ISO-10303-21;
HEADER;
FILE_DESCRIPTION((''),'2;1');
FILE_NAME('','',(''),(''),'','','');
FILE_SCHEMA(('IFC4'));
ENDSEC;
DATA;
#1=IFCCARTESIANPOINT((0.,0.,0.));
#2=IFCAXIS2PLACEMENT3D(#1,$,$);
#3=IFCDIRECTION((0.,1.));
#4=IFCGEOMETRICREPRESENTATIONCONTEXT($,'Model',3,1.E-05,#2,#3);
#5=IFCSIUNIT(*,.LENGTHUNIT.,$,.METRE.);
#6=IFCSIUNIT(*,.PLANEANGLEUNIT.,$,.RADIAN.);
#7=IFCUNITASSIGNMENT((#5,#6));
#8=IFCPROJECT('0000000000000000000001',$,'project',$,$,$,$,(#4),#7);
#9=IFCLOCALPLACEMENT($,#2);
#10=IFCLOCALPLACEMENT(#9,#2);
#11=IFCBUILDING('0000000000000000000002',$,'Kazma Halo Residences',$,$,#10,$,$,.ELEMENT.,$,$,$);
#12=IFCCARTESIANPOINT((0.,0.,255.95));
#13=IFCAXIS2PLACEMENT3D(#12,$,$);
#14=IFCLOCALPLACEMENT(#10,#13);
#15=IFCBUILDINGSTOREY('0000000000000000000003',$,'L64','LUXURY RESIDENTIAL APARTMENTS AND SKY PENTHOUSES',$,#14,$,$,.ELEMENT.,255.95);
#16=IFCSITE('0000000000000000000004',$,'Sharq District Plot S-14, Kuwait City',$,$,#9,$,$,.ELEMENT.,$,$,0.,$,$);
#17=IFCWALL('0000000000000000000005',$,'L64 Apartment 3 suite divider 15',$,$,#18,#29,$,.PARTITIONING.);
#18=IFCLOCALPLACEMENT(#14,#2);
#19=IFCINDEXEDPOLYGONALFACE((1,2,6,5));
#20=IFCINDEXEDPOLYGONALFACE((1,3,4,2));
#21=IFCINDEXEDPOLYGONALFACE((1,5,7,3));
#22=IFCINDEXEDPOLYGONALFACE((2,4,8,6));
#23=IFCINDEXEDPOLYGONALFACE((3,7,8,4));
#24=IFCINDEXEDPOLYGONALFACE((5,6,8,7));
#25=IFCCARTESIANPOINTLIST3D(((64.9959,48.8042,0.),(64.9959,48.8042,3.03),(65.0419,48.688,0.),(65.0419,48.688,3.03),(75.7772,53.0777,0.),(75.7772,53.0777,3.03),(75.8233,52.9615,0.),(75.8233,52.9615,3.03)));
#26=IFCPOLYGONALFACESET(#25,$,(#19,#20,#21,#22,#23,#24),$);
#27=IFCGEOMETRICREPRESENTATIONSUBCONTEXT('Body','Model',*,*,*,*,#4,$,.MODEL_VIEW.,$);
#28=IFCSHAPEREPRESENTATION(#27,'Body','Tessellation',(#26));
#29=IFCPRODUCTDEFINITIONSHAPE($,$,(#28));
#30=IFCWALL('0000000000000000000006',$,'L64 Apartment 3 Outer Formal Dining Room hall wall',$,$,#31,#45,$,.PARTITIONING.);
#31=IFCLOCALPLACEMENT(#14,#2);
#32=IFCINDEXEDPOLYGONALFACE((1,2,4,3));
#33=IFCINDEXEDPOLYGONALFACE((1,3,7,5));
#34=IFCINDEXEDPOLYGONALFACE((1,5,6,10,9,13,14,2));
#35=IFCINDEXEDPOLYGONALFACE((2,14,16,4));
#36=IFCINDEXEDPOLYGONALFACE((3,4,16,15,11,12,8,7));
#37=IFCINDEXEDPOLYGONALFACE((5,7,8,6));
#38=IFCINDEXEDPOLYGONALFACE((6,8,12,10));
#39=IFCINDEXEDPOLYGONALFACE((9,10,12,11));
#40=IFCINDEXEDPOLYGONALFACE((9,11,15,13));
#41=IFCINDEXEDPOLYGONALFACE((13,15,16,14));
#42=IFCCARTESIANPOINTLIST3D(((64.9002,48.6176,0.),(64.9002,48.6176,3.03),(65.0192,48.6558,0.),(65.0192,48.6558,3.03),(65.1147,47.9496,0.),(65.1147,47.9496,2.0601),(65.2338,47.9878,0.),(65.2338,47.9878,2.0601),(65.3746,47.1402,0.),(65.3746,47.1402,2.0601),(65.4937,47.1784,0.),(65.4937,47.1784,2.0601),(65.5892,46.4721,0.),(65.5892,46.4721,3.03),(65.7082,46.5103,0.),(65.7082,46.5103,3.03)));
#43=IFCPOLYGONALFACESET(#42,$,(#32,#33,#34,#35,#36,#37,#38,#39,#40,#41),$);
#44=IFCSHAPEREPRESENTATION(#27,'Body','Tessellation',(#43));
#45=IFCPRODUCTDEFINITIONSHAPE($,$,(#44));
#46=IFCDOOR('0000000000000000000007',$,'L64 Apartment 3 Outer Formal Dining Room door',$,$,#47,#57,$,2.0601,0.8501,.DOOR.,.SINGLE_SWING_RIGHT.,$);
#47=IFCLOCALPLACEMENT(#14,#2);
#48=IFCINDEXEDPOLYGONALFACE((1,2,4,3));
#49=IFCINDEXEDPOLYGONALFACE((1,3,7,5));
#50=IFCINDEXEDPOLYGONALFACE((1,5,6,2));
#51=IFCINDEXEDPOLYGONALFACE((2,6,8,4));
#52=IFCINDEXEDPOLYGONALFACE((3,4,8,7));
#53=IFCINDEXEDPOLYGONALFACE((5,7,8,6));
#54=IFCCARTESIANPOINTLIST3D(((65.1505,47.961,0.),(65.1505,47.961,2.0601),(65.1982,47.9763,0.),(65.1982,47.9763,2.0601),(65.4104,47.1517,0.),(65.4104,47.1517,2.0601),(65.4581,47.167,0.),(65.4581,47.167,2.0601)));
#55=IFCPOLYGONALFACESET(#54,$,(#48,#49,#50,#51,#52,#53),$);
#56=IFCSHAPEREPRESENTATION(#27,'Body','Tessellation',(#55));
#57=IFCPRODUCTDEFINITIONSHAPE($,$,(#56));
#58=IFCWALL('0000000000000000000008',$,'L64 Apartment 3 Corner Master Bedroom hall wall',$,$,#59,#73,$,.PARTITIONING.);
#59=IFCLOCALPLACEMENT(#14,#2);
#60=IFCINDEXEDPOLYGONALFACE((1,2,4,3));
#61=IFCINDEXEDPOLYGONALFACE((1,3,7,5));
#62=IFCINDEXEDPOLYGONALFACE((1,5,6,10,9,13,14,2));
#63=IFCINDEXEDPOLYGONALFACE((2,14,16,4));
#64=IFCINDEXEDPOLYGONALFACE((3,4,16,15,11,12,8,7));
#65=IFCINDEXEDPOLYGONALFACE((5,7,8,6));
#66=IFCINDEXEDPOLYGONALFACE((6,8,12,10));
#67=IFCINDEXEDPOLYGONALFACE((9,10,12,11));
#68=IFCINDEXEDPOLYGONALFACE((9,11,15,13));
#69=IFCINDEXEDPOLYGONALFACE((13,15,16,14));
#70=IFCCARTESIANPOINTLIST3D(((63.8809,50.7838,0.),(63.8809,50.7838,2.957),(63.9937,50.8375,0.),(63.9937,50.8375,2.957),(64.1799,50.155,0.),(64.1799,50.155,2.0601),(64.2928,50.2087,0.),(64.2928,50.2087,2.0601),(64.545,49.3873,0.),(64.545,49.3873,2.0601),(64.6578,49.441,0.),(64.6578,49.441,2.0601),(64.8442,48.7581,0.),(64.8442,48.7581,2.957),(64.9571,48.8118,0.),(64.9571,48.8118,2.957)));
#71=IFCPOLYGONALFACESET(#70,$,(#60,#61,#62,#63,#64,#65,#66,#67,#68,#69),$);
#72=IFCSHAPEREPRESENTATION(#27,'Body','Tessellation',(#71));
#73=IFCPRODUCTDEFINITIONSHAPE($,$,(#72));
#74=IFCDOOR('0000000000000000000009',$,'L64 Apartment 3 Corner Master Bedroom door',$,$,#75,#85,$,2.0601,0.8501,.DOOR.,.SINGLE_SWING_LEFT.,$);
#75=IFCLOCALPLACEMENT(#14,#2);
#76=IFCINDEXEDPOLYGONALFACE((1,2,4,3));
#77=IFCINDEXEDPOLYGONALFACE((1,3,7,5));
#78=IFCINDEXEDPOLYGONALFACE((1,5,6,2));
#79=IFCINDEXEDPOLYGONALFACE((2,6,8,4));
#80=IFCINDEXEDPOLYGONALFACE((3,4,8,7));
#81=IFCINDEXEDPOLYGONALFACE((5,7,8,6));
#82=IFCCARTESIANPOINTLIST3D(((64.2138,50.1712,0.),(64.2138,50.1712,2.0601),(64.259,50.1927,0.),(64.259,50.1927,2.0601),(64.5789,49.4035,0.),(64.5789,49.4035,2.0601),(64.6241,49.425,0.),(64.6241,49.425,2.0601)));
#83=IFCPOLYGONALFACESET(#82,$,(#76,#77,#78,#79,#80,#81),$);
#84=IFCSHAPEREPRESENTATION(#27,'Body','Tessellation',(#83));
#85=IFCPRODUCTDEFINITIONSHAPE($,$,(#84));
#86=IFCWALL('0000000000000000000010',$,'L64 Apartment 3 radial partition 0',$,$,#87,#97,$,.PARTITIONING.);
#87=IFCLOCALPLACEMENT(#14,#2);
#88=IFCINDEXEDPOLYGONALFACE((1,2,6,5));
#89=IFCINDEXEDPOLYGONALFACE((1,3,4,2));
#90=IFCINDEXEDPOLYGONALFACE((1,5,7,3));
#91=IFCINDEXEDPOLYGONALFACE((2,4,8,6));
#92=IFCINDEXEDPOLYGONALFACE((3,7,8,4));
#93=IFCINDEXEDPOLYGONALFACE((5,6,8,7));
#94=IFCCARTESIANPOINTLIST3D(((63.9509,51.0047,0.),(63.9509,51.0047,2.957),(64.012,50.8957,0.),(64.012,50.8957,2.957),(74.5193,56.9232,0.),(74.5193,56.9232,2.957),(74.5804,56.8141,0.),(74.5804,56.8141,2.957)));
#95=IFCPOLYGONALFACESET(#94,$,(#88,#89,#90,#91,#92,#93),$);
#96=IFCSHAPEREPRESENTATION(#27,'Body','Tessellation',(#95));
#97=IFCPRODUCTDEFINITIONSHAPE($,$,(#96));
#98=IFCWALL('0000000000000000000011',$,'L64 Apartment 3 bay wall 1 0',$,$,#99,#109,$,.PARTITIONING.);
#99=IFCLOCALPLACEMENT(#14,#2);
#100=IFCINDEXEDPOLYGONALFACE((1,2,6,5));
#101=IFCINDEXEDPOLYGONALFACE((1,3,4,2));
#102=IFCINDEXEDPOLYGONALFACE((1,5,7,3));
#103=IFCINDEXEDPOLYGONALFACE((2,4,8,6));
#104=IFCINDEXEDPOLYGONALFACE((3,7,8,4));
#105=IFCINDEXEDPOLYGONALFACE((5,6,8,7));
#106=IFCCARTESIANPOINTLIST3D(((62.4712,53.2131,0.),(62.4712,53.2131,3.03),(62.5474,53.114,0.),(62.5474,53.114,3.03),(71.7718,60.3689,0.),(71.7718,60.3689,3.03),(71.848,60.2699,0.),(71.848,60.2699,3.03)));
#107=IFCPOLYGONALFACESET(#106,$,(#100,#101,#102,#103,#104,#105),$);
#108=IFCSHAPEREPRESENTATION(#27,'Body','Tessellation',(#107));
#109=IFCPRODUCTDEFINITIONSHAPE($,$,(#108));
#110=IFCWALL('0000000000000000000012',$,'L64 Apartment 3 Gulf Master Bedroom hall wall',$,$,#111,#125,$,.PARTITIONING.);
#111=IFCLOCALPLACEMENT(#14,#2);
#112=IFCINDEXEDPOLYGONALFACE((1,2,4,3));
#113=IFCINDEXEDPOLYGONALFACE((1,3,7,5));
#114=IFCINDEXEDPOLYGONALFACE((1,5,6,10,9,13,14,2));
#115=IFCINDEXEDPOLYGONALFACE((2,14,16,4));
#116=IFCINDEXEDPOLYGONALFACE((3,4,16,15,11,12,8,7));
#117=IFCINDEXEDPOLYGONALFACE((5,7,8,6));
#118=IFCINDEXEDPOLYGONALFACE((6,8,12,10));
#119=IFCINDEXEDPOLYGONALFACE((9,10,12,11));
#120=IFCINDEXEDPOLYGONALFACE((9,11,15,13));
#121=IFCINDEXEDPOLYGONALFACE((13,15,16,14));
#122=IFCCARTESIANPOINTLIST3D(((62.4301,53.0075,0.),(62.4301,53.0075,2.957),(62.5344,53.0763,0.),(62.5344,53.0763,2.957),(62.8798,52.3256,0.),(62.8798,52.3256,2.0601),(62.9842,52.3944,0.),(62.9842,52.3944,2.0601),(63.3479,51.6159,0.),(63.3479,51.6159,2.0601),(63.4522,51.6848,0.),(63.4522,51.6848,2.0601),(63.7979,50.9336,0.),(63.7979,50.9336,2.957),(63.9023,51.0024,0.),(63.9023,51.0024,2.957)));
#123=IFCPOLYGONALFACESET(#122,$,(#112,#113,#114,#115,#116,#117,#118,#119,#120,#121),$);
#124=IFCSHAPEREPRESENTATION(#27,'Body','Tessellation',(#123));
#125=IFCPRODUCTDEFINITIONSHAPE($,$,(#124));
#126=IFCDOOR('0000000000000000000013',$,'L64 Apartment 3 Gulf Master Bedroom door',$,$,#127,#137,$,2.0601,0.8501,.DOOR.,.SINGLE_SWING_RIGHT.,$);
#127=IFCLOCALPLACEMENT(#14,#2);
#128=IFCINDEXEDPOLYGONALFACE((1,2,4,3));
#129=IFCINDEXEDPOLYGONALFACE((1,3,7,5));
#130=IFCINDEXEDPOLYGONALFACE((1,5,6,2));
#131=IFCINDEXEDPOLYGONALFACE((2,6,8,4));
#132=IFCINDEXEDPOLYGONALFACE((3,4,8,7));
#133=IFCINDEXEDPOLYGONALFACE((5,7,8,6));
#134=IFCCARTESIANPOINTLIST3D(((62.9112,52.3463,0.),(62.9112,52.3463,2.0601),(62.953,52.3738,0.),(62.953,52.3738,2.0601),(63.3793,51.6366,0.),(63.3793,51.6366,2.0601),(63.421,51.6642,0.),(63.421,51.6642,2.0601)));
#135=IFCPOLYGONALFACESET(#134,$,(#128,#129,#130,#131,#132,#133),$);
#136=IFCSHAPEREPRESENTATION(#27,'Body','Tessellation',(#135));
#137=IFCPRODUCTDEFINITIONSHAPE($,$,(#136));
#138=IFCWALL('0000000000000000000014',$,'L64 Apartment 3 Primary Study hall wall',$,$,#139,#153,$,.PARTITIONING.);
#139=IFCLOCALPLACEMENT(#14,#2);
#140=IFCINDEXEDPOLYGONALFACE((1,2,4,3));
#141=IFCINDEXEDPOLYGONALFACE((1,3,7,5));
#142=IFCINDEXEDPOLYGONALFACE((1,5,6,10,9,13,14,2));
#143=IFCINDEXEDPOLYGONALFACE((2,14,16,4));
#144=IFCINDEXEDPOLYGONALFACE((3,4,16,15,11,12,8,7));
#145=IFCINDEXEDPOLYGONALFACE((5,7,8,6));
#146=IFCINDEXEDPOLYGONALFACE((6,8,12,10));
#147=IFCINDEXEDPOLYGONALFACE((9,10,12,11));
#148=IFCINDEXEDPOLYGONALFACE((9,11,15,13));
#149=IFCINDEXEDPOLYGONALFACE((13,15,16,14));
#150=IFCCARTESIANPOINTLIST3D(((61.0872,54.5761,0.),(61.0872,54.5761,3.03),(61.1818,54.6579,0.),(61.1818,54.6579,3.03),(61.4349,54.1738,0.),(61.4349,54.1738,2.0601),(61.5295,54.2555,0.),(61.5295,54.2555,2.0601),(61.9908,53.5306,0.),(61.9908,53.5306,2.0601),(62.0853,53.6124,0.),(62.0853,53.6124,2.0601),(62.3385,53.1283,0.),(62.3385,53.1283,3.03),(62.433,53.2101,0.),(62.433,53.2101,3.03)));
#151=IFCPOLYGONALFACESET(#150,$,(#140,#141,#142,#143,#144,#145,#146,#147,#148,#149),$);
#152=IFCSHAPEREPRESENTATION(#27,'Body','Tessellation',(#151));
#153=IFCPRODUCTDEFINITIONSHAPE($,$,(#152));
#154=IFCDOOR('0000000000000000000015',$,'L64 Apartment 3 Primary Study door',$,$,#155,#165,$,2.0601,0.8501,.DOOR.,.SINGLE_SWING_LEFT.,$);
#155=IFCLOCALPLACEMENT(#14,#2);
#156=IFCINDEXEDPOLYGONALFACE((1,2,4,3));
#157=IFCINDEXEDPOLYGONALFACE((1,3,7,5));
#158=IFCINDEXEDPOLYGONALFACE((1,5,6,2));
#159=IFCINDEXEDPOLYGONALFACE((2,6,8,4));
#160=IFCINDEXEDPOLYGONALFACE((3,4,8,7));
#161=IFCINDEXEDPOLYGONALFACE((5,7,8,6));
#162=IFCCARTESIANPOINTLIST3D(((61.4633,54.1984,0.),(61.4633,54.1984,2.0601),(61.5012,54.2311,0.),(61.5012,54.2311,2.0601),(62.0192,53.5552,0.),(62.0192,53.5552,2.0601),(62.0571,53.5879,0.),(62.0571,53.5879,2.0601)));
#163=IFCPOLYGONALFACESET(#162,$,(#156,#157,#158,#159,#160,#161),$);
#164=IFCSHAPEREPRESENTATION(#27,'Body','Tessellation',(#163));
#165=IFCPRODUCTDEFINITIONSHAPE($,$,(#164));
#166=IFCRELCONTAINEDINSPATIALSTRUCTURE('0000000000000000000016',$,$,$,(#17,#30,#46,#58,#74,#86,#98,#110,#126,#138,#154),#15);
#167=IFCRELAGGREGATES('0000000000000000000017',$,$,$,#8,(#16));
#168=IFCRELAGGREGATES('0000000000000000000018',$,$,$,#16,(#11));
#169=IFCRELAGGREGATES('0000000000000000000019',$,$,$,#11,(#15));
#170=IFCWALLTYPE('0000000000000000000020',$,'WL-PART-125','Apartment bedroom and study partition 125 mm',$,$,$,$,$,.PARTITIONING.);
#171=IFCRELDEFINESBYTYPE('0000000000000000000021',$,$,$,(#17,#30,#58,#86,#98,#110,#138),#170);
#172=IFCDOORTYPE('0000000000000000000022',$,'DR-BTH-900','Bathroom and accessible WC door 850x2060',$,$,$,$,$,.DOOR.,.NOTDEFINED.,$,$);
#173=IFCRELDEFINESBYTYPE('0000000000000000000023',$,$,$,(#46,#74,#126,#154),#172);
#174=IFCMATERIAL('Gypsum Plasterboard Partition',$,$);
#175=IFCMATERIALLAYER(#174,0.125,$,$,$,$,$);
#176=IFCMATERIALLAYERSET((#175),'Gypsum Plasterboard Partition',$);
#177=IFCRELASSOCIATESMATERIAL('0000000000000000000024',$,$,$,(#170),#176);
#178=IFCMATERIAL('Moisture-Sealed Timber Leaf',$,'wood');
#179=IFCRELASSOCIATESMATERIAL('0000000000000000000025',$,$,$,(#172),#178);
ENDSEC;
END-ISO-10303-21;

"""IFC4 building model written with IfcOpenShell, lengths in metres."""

from ifc_helpers import new_model, si_unit, direction, frame, frame_2d, origin, place, context, subcontext, project, spatial, rectangle, extrude, material, layer, layer_set, type_object, element, fill, save


model = new_model("IFC4")

# Units and contexts
model_context = context("Model", 3, precision=1e-05, world=origin(), true_north=direction((0.0, 1.0)))
body_context = subcontext(model_context, "Body", "Model", "MODEL_VIEW")
ifc_project = project(units=[si_unit("LENGTHUNIT", "METRE"), si_unit("PLANEANGLEUNIT", "RADIAN")], contexts=[model_context])

# Site, building, storey
site_placement = place(None, origin())
site = spatial("IfcSite", under=ifc_project, at=site_placement, Name="Sharq District Plot S-14, Kuwait City", CompositionType="ELEMENT", RefElevation=0.0)
building_placement = place(site_placement, origin())
building = spatial("IfcBuilding", under=site, at=building_placement, Name="Kazma Halo Residences", CompositionType="ELEMENT")
storey_placement = place(building_placement, frame((0.0, 0.0, 255.95)))
storey = spatial("IfcBuildingStorey", under=building, at=storey_placement, Name="L64", Description="LUXURY RESIDENTIAL APARTMENTS AND SKY PENTHOUSES", CompositionType="ELEMENT", Elevation=255.95)

# Shared definitions
ifc_material_1 = material(Name="Gypsum Plasterboard Partition")
ifc_layer_1 = layer(ifc_material_1, 0.125)
ifc_layer_set_1 = layer_set([ifc_layer_1], Name="Gypsum Plasterboard Partition")
wall_type_1 = type_object("IfcWallType", Name="WL-PART-125", Description="Apartment bedroom and study partition 125 mm", PredefinedType="PARTITIONING", material=ifc_layer_set_1)

# Shared definitions
ifc_material_2 = material(Name="Moisture-Sealed Timber Leaf", Category="wood")
door_type = type_object("IfcDoorType", Name="DR-BTH-900", Description="Bathroom and accessible WC door 850x2060", OperationType="NOTDEFINED", PredefinedType="DOOR", material=ifc_material_2)

# Wall
wall_1_placement = place(storey_placement, frame((65.0188, 48.7461, 0.0), z_axis=(0.0, 0.0, 1.0), x_axis=(0.929634, 0.368485, 0.0)))
element("IfcWall", 1, at=wall_1_placement, inside=storey, type_object=wall_type_1, Name="L64 Apartment 3 suite divider 15", PredefinedType="PARTITIONING", context=body_context, shape_type="SweptSolid", body=[
    extrude(rectangle(XDim=11.5974, YDim=0.125, at=frame_2d((5.7988, 0.0))), origin(), (0.0, 0.0, 1.0), 3.03),
])

# Walls, openings, doors
wall_2_placement = place(storey_placement, frame((65.6487, 46.4912, 0.0), z_axis=(0.0, 0.0, 1.0), x_axis=(-0.305743, 0.952114, 0.0)))
wall_2 = element("IfcWall", 2, at=wall_2_placement, inside=storey, type_object=wall_type_1, Name="L64 Apartment 3 Outer Formal Dining Room hall wall", PredefinedType="PARTITIONING", context=body_context, shape_type="SweptSolid", body=[
    extrude(rectangle(XDim=2.2534, YDim=0.125, at=frame_2d((1.1267, 0.0))), origin(), (0.0, 0.0, 1.0), 3.03),
])
opening_1_placement = place(wall_2_placement, frame((0.7017, 0.0, 0.0)))
opening_1 = element("IfcOpeningElement", 3, at=opening_1_placement, cuts=wall_2, PredefinedType="OPENING", context=body_context, shape_type="SweptSolid", body=[
    extrude(rectangle(XDim=0.8501, YDim=2.0601, at=frame_2d((0.425, 1.03))), frame((0.0, 0.0725, 0.0), z_axis=(0.0, -1.0, 0.0), x_axis=(1.0, 0.0, 0.0)), (0.0, 0.0, 1.0), 0.145),
])
door_1_placement = place(opening_1_placement, origin())
door_1 = element("IfcDoor", 4, at=door_1_placement, inside=storey, type_object=door_type, Name="L64 Apartment 3 Outer Formal Dining Room door", OperationType="SINGLE_SWING_RIGHT", OverallHeight=2.0601, OverallWidth=0.8501, PredefinedType="DOOR", context=body_context, shape_type="SweptSolid", body=[
    extrude(rectangle(XDim=0.8501, YDim=2.0601, at=frame_2d((0.425, 1.03))), frame((0.0, 0.0249, 0.0), z_axis=(0.0, -1.0, 0.0), x_axis=(1.0, 0.0, 0.0)), (0.0, 0.0, 1.0), 0.05),
])
fill(opening_1, door_1)
wall_3_placement = place(storey_placement, frame((64.9006, 48.7849, 0.0), z_axis=(0.0, 0.0, 1.0), x_axis=(-0.429452, 0.90309, 0.0)))
wall_3 = element("IfcWall", 5, at=wall_3_placement, inside=storey, type_object=wall_type_1, Name="L64 Apartment 3 Corner Master Bedroom hall wall", PredefinedType="PARTITIONING", context=body_context, shape_type="SweptSolid", body=[
    extrude(rectangle(XDim=2.2432, YDim=0.125, at=frame_2d((1.1216, 0.0))), origin(), (0.0, 0.0, 1.0), 2.957),
])
opening_2_placement = place(wall_3_placement, frame((0.6968, 0.0, 0.0)))
opening_2 = element("IfcOpeningElement", 6, at=opening_2_placement, cuts=wall_3, PredefinedType="OPENING", context=body_context, shape_type="SweptSolid", body=[
    extrude(rectangle(XDim=0.8501, YDim=2.0601, at=frame_2d((0.425, 1.03))), frame((0.0, 0.0725, 0.0), z_axis=(0.0, -1.0, 0.0), x_axis=(1.0, 0.0, 0.0)), (0.0, 0.0, 1.0), 0.145),
])
door_2_placement = place(opening_2_placement, origin())
door_2 = element("IfcDoor", 7, at=door_2_placement, inside=storey, type_object=door_type, Name="L64 Apartment 3 Corner Master Bedroom door", OperationType="SINGLE_SWING_LEFT", OverallHeight=2.0601, OverallWidth=0.8501, PredefinedType="DOOR", context=body_context, shape_type="SweptSolid", body=[
    extrude(rectangle(XDim=0.8501, YDim=2.0601, at=frame_2d((0.425, 1.03))), frame((0.0, 0.0249, 0.0), z_axis=(0.0, -1.0, 0.0), x_axis=(1.0, 0.0, 0.0)), (0.0, 0.0, 1.0), 0.05),
])
fill(opening_2, door_2)

# Walls
wall_4_placement = place(storey_placement, frame((63.9814, 50.9502, 0.0), z_axis=(0.0, 0.0, 1.0), x_axis=(0.8725, 0.488614, 0.0)))
element("IfcWall", 8, at=wall_4_placement, inside=storey, type_object=wall_type_1, Name="L64 Apartment 3 radial partition 0", PredefinedType="PARTITIONING", context=body_context, shape_type="SweptSolid", body=[
    extrude(rectangle(XDim=12.1128, YDim=0.125, at=frame_2d((6.0564, 0.0))), origin(), (0.0, 0.0, 1.0), 2.957),
])
wall_5_placement = place(storey_placement, frame((62.5093, 53.1636, 0.0), z_axis=(0.0, 0.0, 1.0), x_axis=(0.792562, 0.609791, 0.0)))
element("IfcWall", 9, at=wall_5_placement, inside=storey, type_object=wall_type_1, Name="L64 Apartment 3 bay wall 1 0", PredefinedType="PARTITIONING", context=body_context, shape_type="SweptSolid", body=[
    extrude(rectangle(XDim=11.7349, YDim=0.125, at=frame_2d((5.8674, 0.0))), origin(), (0.0, 0.0, 1.0), 3.03),
])

# Walls, openings, doors
wall_6_placement = place(storey_placement, frame((63.8501, 50.968, 0.0), z_axis=(0.0, 0.0, 1.0), x_axis=(-0.550589, 0.834777, 0.0)))
wall_6 = element("IfcWall", 10, at=wall_6_placement, inside=storey, type_object=wall_type_1, Name="L64 Apartment 3 Gulf Master Bedroom hall wall", PredefinedType="PARTITIONING", context=body_context, shape_type="SweptSolid", body=[
    extrude(rectangle(XDim=2.4844, YDim=0.125, at=frame_2d((1.2422, 0.0))), origin(), (0.0, 0.0, 1.0), 2.957),
])
opening_3_placement = place(wall_6_placement, frame((0.8174, 0.0, 0.0)))
opening_3 = element("IfcOpeningElement", 11, at=opening_3_placement, cuts=wall_6, PredefinedType="OPENING", context=body_context, shape_type="SweptSolid", body=[
    extrude(rectangle(XDim=0.8501, YDim=2.0601, at=frame_2d((0.425, 1.03))), frame((0.0, 0.0725, 0.0), z_axis=(0.0, -1.0, 0.0), x_axis=(1.0, 0.0, 0.0)), (0.0, 0.0, 1.0), 0.145),
])
door_3_placement = place(opening_3_placement, origin())
door_3 = element("IfcDoor", 12, at=door_3_placement, inside=storey, type_object=door_type, Name="L64 Apartment 3 Gulf Master Bedroom door", OperationType="SINGLE_SWING_RIGHT", OverallHeight=2.0601, OverallWidth=0.8501, PredefinedType="DOOR", context=body_context, shape_type="SweptSolid", body=[
    extrude(rectangle(XDim=0.8501, YDim=2.0601, at=frame_2d((0.425, 1.03))), frame((0.0, 0.0249, 0.0), z_axis=(0.0, -1.0, 0.0), x_axis=(1.0, 0.0, 0.0)), (0.0, 0.0, 1.0), 0.05),
])
fill(opening_3, door_3)
wall_7_placement = place(storey_placement, frame((62.3857, 53.1692, 0.0), z_axis=(0.0, 0.0, 1.0), x_axis=(-0.653886, 0.756593, 0.0)))
wall_7 = element("IfcWall", 13, at=wall_7_placement, inside=storey, type_object=wall_type_1, Name="L64 Apartment 3 Primary Study hall wall", PredefinedType="PARTITIONING", context=body_context, shape_type="SweptSolid", body=[
    extrude(rectangle(XDim=1.9136, YDim=0.125, at=frame_2d((0.9568, 0.0))), origin(), (0.0, 0.0, 1.0), 3.03),
])
opening_4_placement = place(wall_7_placement, frame((0.5317, 0.0, 0.0)))
opening_4 = element("IfcOpeningElement", 14, at=opening_4_placement, cuts=wall_7, PredefinedType="OPENING", context=body_context, shape_type="SweptSolid", body=[
    extrude(rectangle(XDim=0.8501, YDim=2.0601, at=frame_2d((0.425, 1.03))), frame((0.0, 0.0725, 0.0), z_axis=(0.0, -1.0, 0.0), x_axis=(1.0, 0.0, 0.0)), (0.0, 0.0, 1.0), 0.145),
])
door_4_placement = place(opening_4_placement, origin())
door_4 = element("IfcDoor", 15, at=door_4_placement, inside=storey, type_object=door_type, Name="L64 Apartment 3 Primary Study door", OperationType="SINGLE_SWING_LEFT", OverallHeight=2.0601, OverallWidth=0.8501, PredefinedType="DOOR", context=body_context, shape_type="SweptSolid", body=[
    extrude(rectangle(XDim=0.8501, YDim=2.0601, at=frame_2d((0.425, 1.03))), frame((0.0, 0.0249, 0.0), z_axis=(0.0, -1.0, 0.0), x_axis=(1.0, 0.0, 0.0)), (0.0, 0.0, 1.0), 0.05),
])
fill(opening_4, door_4)

save(model, "model.ifc")
